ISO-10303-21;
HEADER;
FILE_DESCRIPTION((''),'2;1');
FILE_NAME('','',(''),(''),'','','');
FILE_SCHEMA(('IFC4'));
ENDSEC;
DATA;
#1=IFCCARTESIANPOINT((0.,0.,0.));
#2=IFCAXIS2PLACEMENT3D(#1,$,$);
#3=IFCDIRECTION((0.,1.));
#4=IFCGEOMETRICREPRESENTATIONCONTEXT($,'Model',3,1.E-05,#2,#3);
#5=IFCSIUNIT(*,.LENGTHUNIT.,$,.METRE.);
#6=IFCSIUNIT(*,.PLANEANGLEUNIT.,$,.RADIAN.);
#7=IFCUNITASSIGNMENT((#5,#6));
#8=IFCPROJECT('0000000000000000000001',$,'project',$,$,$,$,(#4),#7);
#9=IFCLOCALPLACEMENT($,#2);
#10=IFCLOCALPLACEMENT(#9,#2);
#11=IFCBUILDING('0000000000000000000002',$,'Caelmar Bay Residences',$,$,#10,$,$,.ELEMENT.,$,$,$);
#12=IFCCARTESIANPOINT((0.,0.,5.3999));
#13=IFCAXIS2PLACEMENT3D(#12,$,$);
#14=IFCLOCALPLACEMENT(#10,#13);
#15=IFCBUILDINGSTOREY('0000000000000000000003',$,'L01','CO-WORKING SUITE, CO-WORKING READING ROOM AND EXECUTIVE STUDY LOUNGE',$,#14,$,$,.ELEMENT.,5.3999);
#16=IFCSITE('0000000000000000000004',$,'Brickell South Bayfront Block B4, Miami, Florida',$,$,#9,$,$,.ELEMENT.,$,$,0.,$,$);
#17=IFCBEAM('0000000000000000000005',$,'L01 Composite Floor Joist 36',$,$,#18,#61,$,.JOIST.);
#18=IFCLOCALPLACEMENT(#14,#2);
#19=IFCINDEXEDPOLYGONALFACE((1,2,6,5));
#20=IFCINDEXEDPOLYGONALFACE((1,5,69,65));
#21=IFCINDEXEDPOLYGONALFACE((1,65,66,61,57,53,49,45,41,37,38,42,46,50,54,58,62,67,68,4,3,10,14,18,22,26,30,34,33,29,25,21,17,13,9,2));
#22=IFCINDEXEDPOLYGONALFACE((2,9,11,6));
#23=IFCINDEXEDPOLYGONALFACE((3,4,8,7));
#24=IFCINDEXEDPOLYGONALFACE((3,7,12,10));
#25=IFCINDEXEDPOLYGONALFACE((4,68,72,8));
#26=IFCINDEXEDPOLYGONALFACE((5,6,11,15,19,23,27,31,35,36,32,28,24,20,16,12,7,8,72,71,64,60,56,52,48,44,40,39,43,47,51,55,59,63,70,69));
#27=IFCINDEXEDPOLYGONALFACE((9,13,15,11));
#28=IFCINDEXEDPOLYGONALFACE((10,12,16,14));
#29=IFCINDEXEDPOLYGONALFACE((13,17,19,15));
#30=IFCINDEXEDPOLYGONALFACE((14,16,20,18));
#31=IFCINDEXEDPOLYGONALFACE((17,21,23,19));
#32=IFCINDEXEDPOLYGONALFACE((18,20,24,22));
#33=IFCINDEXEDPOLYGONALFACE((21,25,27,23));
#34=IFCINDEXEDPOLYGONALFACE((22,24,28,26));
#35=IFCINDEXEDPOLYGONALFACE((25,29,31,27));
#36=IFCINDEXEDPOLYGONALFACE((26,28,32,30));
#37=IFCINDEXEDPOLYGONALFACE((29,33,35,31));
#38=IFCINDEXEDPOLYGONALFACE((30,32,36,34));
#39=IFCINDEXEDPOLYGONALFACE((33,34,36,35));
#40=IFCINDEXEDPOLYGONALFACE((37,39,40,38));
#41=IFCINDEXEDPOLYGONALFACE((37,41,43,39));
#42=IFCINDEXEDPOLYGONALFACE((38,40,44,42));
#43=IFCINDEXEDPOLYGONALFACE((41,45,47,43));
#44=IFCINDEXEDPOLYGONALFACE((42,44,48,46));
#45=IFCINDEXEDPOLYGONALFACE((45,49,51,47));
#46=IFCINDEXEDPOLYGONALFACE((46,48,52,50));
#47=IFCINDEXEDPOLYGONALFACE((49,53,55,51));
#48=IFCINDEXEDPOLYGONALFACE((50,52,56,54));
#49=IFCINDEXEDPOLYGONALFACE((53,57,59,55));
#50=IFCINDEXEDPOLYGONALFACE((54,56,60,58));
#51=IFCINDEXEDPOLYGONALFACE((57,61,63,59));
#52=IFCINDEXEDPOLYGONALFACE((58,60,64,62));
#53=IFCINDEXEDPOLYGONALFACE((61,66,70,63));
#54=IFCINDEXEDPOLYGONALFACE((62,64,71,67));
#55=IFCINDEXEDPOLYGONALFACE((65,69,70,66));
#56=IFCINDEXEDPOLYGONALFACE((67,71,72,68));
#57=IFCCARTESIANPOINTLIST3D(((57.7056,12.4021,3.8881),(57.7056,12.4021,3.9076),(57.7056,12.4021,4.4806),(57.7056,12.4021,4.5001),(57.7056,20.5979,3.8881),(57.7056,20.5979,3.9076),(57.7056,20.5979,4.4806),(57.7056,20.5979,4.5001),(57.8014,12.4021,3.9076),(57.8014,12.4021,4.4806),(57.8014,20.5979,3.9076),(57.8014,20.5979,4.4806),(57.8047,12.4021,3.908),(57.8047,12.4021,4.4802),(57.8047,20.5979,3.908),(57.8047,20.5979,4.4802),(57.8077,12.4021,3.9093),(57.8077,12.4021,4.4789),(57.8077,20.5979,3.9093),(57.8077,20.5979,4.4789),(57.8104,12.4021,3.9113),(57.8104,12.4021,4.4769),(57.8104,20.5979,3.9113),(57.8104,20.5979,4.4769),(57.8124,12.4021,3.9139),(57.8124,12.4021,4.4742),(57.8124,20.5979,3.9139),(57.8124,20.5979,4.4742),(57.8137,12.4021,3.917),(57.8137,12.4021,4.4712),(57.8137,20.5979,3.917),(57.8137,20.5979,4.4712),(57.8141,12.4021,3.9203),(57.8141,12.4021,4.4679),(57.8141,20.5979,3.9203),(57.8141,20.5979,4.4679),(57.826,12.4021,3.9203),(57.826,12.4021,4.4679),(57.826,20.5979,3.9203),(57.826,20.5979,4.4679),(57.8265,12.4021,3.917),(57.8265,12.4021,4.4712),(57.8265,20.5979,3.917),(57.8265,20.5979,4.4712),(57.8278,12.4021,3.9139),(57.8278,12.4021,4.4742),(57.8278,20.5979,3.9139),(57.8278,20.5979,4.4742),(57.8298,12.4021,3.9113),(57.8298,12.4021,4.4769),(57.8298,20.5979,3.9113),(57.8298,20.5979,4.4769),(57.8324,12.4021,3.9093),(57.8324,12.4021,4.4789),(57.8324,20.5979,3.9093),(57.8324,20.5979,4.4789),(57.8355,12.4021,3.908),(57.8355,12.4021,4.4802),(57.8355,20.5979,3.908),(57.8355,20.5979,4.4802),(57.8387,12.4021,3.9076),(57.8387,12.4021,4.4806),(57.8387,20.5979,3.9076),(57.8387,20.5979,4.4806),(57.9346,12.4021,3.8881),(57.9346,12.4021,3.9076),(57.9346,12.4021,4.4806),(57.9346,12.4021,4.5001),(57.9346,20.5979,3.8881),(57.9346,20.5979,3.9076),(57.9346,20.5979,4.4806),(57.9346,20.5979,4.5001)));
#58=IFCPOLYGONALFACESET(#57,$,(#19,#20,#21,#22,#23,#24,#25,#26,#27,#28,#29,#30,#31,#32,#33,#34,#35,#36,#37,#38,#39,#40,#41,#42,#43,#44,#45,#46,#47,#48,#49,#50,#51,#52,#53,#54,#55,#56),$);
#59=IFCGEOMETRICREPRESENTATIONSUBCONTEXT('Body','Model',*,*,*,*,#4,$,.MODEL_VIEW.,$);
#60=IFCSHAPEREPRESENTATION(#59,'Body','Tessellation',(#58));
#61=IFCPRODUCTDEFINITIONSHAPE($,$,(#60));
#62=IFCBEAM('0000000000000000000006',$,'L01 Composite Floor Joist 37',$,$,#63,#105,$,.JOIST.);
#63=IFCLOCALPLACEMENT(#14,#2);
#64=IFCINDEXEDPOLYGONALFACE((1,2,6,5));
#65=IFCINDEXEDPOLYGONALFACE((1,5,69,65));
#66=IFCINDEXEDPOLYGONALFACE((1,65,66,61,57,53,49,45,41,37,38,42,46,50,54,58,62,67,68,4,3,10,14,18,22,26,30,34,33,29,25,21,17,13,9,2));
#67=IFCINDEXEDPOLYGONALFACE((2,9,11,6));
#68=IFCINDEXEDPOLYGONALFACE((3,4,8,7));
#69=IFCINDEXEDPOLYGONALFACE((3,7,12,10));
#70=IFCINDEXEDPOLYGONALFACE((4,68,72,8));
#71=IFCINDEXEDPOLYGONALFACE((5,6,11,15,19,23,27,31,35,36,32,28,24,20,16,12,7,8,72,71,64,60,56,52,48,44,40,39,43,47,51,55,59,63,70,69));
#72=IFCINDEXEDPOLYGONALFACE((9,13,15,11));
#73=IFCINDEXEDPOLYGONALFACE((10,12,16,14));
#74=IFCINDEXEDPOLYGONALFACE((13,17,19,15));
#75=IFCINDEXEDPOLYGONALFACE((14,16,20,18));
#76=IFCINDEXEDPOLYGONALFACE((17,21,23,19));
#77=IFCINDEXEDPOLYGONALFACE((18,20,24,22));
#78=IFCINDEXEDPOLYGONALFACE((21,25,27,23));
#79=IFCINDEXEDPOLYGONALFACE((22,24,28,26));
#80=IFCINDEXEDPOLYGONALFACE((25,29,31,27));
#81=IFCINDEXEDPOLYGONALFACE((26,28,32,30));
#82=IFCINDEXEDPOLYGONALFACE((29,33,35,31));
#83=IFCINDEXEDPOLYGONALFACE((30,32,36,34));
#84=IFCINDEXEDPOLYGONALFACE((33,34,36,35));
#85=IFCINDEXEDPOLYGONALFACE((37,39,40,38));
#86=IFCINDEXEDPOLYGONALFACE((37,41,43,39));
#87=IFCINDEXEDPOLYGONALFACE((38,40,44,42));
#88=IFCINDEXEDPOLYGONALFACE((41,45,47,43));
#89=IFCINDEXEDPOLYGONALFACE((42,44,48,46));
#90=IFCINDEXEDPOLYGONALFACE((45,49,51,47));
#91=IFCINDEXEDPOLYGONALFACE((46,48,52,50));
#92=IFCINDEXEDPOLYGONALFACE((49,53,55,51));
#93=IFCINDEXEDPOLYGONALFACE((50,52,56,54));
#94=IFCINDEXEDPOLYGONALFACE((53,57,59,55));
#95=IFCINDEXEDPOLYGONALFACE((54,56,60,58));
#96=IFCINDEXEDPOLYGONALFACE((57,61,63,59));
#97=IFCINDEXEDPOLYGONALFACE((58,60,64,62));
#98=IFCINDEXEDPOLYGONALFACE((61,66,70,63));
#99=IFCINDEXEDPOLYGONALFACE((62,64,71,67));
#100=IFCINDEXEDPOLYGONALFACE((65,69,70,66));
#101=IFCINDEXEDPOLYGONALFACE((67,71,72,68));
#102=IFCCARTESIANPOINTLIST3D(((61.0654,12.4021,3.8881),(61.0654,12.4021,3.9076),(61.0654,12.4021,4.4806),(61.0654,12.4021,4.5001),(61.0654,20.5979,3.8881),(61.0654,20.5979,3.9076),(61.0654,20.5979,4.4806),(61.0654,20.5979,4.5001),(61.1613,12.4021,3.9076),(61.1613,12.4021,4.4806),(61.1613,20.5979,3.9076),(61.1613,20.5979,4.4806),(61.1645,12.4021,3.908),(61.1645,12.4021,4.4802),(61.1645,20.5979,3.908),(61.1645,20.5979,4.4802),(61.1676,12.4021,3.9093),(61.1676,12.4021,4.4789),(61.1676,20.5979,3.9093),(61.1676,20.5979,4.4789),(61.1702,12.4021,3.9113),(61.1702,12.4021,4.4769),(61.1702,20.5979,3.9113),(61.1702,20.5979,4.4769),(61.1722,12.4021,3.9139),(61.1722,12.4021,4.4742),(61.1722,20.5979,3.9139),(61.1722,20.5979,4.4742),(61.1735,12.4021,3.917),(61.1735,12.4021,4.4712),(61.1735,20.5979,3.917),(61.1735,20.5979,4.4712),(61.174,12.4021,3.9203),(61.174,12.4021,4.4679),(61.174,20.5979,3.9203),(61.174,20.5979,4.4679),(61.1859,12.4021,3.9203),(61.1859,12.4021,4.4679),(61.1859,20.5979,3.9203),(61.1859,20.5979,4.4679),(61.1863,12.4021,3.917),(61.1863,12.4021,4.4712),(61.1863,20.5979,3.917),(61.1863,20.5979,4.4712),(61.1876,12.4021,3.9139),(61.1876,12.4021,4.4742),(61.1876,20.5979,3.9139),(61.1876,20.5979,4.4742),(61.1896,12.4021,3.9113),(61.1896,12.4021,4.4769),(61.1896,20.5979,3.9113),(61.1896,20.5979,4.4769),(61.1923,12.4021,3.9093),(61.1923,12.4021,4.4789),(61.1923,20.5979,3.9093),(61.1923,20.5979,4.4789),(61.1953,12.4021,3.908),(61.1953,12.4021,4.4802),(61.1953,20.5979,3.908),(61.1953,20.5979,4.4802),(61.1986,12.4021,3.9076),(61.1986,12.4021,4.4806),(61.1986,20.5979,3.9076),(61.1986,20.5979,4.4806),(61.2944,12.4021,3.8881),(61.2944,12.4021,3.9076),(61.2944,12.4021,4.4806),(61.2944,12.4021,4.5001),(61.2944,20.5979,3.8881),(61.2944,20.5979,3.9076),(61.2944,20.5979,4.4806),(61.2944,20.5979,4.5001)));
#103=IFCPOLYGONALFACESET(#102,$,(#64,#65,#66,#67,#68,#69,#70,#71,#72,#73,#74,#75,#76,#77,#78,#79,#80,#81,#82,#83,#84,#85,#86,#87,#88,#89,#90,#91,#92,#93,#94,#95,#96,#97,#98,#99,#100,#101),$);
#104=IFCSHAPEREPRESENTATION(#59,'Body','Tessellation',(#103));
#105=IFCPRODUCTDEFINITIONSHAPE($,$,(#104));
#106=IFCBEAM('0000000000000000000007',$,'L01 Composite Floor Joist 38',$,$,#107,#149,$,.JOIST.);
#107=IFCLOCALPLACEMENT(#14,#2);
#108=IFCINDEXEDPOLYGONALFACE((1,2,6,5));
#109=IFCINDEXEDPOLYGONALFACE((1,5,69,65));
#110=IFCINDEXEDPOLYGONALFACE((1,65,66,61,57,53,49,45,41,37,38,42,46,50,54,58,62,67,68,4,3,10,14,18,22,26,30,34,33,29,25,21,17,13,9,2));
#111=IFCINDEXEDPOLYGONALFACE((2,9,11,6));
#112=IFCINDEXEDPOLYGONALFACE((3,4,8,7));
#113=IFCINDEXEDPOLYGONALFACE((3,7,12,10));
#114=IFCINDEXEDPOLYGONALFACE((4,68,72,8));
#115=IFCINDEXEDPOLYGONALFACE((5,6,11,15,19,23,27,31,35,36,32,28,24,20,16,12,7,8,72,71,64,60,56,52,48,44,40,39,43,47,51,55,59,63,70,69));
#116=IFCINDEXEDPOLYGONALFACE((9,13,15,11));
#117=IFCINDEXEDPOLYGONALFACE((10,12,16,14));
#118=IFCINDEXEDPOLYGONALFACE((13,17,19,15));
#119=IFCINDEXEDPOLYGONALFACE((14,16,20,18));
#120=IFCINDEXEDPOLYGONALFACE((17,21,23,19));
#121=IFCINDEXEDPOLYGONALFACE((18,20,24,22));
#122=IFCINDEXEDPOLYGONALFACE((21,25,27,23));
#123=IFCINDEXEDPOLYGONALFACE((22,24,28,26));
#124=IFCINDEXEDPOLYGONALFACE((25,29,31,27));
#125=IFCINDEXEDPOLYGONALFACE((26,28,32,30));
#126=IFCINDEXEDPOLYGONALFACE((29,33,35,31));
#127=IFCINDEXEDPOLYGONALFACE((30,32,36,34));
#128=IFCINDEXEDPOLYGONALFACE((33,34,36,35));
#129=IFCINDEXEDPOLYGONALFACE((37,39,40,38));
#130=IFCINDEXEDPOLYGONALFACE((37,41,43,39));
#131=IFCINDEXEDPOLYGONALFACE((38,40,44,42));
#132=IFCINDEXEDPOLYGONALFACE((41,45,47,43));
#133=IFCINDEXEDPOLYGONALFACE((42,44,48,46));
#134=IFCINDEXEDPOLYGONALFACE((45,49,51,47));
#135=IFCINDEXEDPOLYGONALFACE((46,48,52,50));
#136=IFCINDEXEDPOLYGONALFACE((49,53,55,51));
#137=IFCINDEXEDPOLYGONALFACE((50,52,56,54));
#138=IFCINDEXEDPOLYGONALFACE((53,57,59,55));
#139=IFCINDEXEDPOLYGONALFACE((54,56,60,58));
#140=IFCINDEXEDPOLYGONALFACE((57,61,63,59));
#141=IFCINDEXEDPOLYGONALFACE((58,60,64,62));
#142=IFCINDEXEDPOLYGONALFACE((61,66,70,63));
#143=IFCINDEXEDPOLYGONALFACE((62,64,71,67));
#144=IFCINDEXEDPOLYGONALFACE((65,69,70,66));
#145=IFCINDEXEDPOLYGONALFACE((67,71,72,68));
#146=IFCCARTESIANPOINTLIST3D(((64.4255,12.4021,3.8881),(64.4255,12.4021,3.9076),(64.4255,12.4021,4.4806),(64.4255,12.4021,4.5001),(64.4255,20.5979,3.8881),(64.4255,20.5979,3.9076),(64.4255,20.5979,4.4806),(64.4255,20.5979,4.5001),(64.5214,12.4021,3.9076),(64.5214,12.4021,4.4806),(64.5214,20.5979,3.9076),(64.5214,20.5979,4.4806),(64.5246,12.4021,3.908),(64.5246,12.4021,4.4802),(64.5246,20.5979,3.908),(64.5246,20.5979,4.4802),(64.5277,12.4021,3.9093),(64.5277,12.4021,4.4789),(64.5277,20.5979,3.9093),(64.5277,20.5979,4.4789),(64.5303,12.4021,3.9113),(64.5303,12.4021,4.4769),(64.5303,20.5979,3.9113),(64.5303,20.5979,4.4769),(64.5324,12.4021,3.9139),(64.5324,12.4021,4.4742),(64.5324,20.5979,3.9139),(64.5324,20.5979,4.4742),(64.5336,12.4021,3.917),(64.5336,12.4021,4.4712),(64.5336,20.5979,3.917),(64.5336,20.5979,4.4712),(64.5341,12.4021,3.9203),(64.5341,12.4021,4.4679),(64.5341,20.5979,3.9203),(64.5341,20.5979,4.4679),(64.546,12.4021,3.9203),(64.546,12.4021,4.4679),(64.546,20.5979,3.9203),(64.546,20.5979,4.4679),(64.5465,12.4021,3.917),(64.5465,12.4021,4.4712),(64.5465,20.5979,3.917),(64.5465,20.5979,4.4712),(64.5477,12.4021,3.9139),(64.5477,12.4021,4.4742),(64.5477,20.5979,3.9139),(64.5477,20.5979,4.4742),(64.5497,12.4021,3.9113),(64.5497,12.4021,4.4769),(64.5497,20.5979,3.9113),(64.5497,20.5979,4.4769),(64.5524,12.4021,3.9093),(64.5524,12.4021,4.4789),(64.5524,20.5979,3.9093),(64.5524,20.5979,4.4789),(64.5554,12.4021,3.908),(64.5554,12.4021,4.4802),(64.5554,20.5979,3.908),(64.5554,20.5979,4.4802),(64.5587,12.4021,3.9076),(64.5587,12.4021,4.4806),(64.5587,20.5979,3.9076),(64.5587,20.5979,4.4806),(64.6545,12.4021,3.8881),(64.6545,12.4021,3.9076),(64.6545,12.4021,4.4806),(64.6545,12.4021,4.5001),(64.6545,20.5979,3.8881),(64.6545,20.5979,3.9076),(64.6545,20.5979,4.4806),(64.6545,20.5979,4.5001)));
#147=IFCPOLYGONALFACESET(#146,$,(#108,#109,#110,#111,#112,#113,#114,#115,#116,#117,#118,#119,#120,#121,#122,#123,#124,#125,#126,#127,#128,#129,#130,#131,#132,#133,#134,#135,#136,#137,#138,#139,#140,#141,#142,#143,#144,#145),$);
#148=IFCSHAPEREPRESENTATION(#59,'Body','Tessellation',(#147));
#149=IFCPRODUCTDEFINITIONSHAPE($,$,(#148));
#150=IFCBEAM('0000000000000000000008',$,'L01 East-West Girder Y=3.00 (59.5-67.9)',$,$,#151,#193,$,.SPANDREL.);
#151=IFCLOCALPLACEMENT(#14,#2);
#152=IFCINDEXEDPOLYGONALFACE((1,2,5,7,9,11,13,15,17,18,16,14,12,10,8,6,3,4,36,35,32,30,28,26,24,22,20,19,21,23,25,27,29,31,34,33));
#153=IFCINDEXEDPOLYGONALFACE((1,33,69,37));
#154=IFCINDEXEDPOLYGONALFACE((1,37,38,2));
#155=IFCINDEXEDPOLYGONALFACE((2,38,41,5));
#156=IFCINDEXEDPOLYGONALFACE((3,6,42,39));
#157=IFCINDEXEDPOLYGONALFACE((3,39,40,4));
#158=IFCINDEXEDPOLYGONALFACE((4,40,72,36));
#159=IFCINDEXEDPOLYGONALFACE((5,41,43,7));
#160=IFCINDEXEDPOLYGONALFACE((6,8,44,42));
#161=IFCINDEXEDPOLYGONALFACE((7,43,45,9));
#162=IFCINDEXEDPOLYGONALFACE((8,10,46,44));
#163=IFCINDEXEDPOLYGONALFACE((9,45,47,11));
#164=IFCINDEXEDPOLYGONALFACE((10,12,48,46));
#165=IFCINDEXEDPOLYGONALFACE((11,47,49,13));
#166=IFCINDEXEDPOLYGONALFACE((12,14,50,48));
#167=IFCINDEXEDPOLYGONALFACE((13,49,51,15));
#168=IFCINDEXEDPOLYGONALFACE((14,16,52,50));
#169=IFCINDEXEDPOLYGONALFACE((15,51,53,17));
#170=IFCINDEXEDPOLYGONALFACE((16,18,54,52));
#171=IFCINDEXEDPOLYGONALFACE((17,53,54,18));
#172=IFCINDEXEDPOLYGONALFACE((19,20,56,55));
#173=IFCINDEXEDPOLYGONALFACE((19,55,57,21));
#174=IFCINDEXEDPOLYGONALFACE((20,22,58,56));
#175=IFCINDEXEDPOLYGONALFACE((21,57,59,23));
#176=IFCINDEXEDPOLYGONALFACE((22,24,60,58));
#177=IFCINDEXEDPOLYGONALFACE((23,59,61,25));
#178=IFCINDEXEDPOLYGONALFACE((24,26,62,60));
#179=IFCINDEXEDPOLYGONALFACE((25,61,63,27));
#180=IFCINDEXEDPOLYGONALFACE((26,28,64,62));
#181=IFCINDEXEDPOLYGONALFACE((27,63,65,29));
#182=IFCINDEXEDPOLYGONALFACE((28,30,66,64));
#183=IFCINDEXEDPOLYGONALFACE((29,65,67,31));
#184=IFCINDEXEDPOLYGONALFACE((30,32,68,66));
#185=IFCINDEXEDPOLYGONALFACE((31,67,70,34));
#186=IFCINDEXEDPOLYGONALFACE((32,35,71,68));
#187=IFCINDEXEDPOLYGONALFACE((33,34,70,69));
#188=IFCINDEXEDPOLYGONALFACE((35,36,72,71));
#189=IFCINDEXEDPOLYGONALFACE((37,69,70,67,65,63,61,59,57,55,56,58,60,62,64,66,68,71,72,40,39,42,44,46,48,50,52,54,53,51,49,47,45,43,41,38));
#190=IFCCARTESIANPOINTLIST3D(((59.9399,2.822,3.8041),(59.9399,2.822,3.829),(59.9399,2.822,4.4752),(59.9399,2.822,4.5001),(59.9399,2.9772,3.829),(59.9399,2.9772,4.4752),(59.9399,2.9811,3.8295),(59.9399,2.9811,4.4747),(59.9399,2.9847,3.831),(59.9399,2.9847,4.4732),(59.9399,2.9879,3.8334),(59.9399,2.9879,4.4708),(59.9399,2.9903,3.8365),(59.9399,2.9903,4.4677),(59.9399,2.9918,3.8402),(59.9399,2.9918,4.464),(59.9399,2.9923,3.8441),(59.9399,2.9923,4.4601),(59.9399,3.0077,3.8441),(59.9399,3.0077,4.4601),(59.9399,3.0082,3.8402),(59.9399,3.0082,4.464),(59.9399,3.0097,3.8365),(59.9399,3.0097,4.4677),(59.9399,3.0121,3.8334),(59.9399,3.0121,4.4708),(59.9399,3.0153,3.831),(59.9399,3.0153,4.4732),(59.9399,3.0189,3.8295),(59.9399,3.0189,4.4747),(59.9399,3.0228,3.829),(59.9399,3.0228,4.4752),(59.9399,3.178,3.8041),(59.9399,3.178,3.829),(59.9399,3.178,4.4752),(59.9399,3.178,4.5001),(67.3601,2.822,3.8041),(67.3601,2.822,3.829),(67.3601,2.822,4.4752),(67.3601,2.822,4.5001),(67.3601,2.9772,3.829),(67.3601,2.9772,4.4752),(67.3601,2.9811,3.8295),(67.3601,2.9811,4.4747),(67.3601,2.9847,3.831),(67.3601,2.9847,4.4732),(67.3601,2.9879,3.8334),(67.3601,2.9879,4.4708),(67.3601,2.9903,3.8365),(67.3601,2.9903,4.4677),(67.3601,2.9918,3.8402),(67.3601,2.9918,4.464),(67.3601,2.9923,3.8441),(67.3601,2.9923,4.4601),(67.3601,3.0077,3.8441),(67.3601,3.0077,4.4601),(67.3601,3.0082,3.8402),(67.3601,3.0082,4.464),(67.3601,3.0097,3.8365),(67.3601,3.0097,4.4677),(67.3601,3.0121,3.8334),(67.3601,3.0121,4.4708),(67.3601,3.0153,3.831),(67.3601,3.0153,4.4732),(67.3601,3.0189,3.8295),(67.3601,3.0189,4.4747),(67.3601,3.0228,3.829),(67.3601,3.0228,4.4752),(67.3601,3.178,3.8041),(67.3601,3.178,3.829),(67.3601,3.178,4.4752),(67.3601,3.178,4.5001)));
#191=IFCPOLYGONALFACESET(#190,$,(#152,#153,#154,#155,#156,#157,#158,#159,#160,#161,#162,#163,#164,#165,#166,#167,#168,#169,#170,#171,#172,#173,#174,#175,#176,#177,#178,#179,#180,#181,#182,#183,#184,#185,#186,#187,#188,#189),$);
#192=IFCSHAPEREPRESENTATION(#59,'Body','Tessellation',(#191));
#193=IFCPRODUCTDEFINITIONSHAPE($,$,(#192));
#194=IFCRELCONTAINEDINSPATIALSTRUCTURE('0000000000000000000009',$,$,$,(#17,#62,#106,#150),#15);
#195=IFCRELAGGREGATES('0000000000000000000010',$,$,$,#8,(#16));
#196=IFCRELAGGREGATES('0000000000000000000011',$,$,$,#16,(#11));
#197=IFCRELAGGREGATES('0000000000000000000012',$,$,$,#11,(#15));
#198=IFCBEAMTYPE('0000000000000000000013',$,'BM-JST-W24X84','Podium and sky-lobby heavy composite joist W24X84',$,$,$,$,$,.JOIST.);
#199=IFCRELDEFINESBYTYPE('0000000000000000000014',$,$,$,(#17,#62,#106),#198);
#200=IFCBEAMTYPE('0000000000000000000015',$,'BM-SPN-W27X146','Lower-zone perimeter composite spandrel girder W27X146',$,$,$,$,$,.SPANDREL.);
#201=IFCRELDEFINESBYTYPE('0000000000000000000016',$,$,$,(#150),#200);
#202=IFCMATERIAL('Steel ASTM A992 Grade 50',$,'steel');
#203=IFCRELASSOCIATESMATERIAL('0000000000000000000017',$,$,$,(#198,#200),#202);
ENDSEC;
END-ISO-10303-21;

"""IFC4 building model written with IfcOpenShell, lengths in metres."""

from ifc_helpers import new_model, si_unit, direction, frame, origin, origin_2d, place, context, subcontext, project, spatial, i_section, extrude, material, material_profile, profile_set, type_object, element, save


model = new_model("IFC4")

# Units and contexts
model_context = context("Model", 3, precision=1e-05, world=origin(), true_north=direction((0.0, 1.0)))
body_context = subcontext(model_context, "Body", "Model", "MODEL_VIEW")
ifc_project = project(units=[si_unit("LENGTHUNIT", "METRE"), si_unit("PLANEANGLEUNIT", "RADIAN")], contexts=[model_context])

# Site, building, storey
site_placement = place(None, origin())
site = spatial("IfcSite", under=ifc_project, at=site_placement, Name="Brickell South Bayfront Block B4, Miami, Florida", CompositionType="ELEMENT", RefElevation=0.0)
building_placement = place(site_placement, origin())
building = spatial("IfcBuilding", under=site, at=building_placement, Name="Caelmar Bay Residences", CompositionType="ELEMENT")
storey_placement = place(building_placement, frame((0.0, 0.0, 5.3999)))
storey = spatial("IfcBuildingStorey", under=building, at=storey_placement, Name="L01", Description="CO-WORKING SUITE, CO-WORKING READING ROOM AND EXECUTIVE STUDY LOUNGE", CompositionType="ELEMENT", Elevation=5.3999)

# Beams
ifc_material_1 = material(Name="Steel ASTM A992 Grade 50", Category="steel")
ifc_material_profile_1 = material_profile(ifc_material_1, i_section(OverallWidth=0.229, OverallDepth=0.6121, WebThickness=0.012, FlangeThickness=0.0195, FilletRadius=0.0127, at=origin_2d()), Name="W24X84")
ifc_profile_set_1 = profile_set([ifc_material_profile_1], Name="Steel ASTM A992 Grade 50")
beam_type_1 = type_object("IfcBeamType", Name="BM-JST-W24X84", Description="Podium and sky-lobby heavy composite joist W24X84", PredefinedType="JOIST", material=ifc_profile_set_1)
for number, where, z_axis, x_axis, name in (
    (1, (57.8201, 12.4021, 4.1941), (0.0, 1.0, 0.0), (-1.0, 0.0, 0.0), "L01 Composite Floor Joist 36"),
    (2, (61.1799, 12.4021, 4.1941), (0.0, 1.0, 0.0), (-1.0, 0.0, 0.0), "L01 Composite Floor Joist 37"),
    (3, (64.54, 12.4021, 4.1941), (0.0, 1.0, 0.0), (-1.0, 0.0, 0.0), "L01 Composite Floor Joist 38"),
):
    element("IfcBeam", number, at=place(storey_placement, frame(where, z_axis=z_axis, x_axis=x_axis)), inside=storey, type_object=beam_type_1, Name=name, PredefinedType="JOIST", context=body_context, shape_type="SweptSolid", body=[
        extrude(i_section(OverallWidth=0.229, OverallDepth=0.6121, WebThickness=0.012, FlangeThickness=0.0195, FilletRadius=0.0127, at=origin_2d()), origin(), (0.0, 0.0, 1.0), 8.1958),
    ])
ifc_material_profile_2 = material_profile(ifc_material_1, i_section(OverallWidth=0.356, OverallDepth=0.696, WebThickness=0.0154, FlangeThickness=0.0249, FilletRadius=0.0151, at=origin_2d()), Name="W27X146")
ifc_profile_set_2 = profile_set([ifc_material_profile_2], Name="Steel ASTM A992 Grade 50")
beam_type_2 = type_object("IfcBeamType", Name="BM-SPN-W27X146", Description="Lower-zone perimeter composite spandrel girder W27X146", PredefinedType="SPANDREL", material=ifc_profile_set_2)
beam_1_placement = place(storey_placement, frame((59.9399, 3.0, 4.1521), z_axis=(1.0, 0.0, 0.0), x_axis=(0.0, 1.0, 0.0)))
element("IfcBeam", 4, at=beam_1_placement, inside=storey, type_object=beam_type_2, Name="L01 East-West Girder Y=3.00 (59.5-67.9)", PredefinedType="SPANDREL", context=body_context, shape_type="SweptSolid", body=[
    extrude(i_section(OverallWidth=0.356, OverallDepth=0.696, WebThickness=0.0154, FlangeThickness=0.0249, FilletRadius=0.0151, at=origin_2d()), origin(), (0.0, 0.0, 1.0), 7.4202),
])

save(model, "model.ifc")
